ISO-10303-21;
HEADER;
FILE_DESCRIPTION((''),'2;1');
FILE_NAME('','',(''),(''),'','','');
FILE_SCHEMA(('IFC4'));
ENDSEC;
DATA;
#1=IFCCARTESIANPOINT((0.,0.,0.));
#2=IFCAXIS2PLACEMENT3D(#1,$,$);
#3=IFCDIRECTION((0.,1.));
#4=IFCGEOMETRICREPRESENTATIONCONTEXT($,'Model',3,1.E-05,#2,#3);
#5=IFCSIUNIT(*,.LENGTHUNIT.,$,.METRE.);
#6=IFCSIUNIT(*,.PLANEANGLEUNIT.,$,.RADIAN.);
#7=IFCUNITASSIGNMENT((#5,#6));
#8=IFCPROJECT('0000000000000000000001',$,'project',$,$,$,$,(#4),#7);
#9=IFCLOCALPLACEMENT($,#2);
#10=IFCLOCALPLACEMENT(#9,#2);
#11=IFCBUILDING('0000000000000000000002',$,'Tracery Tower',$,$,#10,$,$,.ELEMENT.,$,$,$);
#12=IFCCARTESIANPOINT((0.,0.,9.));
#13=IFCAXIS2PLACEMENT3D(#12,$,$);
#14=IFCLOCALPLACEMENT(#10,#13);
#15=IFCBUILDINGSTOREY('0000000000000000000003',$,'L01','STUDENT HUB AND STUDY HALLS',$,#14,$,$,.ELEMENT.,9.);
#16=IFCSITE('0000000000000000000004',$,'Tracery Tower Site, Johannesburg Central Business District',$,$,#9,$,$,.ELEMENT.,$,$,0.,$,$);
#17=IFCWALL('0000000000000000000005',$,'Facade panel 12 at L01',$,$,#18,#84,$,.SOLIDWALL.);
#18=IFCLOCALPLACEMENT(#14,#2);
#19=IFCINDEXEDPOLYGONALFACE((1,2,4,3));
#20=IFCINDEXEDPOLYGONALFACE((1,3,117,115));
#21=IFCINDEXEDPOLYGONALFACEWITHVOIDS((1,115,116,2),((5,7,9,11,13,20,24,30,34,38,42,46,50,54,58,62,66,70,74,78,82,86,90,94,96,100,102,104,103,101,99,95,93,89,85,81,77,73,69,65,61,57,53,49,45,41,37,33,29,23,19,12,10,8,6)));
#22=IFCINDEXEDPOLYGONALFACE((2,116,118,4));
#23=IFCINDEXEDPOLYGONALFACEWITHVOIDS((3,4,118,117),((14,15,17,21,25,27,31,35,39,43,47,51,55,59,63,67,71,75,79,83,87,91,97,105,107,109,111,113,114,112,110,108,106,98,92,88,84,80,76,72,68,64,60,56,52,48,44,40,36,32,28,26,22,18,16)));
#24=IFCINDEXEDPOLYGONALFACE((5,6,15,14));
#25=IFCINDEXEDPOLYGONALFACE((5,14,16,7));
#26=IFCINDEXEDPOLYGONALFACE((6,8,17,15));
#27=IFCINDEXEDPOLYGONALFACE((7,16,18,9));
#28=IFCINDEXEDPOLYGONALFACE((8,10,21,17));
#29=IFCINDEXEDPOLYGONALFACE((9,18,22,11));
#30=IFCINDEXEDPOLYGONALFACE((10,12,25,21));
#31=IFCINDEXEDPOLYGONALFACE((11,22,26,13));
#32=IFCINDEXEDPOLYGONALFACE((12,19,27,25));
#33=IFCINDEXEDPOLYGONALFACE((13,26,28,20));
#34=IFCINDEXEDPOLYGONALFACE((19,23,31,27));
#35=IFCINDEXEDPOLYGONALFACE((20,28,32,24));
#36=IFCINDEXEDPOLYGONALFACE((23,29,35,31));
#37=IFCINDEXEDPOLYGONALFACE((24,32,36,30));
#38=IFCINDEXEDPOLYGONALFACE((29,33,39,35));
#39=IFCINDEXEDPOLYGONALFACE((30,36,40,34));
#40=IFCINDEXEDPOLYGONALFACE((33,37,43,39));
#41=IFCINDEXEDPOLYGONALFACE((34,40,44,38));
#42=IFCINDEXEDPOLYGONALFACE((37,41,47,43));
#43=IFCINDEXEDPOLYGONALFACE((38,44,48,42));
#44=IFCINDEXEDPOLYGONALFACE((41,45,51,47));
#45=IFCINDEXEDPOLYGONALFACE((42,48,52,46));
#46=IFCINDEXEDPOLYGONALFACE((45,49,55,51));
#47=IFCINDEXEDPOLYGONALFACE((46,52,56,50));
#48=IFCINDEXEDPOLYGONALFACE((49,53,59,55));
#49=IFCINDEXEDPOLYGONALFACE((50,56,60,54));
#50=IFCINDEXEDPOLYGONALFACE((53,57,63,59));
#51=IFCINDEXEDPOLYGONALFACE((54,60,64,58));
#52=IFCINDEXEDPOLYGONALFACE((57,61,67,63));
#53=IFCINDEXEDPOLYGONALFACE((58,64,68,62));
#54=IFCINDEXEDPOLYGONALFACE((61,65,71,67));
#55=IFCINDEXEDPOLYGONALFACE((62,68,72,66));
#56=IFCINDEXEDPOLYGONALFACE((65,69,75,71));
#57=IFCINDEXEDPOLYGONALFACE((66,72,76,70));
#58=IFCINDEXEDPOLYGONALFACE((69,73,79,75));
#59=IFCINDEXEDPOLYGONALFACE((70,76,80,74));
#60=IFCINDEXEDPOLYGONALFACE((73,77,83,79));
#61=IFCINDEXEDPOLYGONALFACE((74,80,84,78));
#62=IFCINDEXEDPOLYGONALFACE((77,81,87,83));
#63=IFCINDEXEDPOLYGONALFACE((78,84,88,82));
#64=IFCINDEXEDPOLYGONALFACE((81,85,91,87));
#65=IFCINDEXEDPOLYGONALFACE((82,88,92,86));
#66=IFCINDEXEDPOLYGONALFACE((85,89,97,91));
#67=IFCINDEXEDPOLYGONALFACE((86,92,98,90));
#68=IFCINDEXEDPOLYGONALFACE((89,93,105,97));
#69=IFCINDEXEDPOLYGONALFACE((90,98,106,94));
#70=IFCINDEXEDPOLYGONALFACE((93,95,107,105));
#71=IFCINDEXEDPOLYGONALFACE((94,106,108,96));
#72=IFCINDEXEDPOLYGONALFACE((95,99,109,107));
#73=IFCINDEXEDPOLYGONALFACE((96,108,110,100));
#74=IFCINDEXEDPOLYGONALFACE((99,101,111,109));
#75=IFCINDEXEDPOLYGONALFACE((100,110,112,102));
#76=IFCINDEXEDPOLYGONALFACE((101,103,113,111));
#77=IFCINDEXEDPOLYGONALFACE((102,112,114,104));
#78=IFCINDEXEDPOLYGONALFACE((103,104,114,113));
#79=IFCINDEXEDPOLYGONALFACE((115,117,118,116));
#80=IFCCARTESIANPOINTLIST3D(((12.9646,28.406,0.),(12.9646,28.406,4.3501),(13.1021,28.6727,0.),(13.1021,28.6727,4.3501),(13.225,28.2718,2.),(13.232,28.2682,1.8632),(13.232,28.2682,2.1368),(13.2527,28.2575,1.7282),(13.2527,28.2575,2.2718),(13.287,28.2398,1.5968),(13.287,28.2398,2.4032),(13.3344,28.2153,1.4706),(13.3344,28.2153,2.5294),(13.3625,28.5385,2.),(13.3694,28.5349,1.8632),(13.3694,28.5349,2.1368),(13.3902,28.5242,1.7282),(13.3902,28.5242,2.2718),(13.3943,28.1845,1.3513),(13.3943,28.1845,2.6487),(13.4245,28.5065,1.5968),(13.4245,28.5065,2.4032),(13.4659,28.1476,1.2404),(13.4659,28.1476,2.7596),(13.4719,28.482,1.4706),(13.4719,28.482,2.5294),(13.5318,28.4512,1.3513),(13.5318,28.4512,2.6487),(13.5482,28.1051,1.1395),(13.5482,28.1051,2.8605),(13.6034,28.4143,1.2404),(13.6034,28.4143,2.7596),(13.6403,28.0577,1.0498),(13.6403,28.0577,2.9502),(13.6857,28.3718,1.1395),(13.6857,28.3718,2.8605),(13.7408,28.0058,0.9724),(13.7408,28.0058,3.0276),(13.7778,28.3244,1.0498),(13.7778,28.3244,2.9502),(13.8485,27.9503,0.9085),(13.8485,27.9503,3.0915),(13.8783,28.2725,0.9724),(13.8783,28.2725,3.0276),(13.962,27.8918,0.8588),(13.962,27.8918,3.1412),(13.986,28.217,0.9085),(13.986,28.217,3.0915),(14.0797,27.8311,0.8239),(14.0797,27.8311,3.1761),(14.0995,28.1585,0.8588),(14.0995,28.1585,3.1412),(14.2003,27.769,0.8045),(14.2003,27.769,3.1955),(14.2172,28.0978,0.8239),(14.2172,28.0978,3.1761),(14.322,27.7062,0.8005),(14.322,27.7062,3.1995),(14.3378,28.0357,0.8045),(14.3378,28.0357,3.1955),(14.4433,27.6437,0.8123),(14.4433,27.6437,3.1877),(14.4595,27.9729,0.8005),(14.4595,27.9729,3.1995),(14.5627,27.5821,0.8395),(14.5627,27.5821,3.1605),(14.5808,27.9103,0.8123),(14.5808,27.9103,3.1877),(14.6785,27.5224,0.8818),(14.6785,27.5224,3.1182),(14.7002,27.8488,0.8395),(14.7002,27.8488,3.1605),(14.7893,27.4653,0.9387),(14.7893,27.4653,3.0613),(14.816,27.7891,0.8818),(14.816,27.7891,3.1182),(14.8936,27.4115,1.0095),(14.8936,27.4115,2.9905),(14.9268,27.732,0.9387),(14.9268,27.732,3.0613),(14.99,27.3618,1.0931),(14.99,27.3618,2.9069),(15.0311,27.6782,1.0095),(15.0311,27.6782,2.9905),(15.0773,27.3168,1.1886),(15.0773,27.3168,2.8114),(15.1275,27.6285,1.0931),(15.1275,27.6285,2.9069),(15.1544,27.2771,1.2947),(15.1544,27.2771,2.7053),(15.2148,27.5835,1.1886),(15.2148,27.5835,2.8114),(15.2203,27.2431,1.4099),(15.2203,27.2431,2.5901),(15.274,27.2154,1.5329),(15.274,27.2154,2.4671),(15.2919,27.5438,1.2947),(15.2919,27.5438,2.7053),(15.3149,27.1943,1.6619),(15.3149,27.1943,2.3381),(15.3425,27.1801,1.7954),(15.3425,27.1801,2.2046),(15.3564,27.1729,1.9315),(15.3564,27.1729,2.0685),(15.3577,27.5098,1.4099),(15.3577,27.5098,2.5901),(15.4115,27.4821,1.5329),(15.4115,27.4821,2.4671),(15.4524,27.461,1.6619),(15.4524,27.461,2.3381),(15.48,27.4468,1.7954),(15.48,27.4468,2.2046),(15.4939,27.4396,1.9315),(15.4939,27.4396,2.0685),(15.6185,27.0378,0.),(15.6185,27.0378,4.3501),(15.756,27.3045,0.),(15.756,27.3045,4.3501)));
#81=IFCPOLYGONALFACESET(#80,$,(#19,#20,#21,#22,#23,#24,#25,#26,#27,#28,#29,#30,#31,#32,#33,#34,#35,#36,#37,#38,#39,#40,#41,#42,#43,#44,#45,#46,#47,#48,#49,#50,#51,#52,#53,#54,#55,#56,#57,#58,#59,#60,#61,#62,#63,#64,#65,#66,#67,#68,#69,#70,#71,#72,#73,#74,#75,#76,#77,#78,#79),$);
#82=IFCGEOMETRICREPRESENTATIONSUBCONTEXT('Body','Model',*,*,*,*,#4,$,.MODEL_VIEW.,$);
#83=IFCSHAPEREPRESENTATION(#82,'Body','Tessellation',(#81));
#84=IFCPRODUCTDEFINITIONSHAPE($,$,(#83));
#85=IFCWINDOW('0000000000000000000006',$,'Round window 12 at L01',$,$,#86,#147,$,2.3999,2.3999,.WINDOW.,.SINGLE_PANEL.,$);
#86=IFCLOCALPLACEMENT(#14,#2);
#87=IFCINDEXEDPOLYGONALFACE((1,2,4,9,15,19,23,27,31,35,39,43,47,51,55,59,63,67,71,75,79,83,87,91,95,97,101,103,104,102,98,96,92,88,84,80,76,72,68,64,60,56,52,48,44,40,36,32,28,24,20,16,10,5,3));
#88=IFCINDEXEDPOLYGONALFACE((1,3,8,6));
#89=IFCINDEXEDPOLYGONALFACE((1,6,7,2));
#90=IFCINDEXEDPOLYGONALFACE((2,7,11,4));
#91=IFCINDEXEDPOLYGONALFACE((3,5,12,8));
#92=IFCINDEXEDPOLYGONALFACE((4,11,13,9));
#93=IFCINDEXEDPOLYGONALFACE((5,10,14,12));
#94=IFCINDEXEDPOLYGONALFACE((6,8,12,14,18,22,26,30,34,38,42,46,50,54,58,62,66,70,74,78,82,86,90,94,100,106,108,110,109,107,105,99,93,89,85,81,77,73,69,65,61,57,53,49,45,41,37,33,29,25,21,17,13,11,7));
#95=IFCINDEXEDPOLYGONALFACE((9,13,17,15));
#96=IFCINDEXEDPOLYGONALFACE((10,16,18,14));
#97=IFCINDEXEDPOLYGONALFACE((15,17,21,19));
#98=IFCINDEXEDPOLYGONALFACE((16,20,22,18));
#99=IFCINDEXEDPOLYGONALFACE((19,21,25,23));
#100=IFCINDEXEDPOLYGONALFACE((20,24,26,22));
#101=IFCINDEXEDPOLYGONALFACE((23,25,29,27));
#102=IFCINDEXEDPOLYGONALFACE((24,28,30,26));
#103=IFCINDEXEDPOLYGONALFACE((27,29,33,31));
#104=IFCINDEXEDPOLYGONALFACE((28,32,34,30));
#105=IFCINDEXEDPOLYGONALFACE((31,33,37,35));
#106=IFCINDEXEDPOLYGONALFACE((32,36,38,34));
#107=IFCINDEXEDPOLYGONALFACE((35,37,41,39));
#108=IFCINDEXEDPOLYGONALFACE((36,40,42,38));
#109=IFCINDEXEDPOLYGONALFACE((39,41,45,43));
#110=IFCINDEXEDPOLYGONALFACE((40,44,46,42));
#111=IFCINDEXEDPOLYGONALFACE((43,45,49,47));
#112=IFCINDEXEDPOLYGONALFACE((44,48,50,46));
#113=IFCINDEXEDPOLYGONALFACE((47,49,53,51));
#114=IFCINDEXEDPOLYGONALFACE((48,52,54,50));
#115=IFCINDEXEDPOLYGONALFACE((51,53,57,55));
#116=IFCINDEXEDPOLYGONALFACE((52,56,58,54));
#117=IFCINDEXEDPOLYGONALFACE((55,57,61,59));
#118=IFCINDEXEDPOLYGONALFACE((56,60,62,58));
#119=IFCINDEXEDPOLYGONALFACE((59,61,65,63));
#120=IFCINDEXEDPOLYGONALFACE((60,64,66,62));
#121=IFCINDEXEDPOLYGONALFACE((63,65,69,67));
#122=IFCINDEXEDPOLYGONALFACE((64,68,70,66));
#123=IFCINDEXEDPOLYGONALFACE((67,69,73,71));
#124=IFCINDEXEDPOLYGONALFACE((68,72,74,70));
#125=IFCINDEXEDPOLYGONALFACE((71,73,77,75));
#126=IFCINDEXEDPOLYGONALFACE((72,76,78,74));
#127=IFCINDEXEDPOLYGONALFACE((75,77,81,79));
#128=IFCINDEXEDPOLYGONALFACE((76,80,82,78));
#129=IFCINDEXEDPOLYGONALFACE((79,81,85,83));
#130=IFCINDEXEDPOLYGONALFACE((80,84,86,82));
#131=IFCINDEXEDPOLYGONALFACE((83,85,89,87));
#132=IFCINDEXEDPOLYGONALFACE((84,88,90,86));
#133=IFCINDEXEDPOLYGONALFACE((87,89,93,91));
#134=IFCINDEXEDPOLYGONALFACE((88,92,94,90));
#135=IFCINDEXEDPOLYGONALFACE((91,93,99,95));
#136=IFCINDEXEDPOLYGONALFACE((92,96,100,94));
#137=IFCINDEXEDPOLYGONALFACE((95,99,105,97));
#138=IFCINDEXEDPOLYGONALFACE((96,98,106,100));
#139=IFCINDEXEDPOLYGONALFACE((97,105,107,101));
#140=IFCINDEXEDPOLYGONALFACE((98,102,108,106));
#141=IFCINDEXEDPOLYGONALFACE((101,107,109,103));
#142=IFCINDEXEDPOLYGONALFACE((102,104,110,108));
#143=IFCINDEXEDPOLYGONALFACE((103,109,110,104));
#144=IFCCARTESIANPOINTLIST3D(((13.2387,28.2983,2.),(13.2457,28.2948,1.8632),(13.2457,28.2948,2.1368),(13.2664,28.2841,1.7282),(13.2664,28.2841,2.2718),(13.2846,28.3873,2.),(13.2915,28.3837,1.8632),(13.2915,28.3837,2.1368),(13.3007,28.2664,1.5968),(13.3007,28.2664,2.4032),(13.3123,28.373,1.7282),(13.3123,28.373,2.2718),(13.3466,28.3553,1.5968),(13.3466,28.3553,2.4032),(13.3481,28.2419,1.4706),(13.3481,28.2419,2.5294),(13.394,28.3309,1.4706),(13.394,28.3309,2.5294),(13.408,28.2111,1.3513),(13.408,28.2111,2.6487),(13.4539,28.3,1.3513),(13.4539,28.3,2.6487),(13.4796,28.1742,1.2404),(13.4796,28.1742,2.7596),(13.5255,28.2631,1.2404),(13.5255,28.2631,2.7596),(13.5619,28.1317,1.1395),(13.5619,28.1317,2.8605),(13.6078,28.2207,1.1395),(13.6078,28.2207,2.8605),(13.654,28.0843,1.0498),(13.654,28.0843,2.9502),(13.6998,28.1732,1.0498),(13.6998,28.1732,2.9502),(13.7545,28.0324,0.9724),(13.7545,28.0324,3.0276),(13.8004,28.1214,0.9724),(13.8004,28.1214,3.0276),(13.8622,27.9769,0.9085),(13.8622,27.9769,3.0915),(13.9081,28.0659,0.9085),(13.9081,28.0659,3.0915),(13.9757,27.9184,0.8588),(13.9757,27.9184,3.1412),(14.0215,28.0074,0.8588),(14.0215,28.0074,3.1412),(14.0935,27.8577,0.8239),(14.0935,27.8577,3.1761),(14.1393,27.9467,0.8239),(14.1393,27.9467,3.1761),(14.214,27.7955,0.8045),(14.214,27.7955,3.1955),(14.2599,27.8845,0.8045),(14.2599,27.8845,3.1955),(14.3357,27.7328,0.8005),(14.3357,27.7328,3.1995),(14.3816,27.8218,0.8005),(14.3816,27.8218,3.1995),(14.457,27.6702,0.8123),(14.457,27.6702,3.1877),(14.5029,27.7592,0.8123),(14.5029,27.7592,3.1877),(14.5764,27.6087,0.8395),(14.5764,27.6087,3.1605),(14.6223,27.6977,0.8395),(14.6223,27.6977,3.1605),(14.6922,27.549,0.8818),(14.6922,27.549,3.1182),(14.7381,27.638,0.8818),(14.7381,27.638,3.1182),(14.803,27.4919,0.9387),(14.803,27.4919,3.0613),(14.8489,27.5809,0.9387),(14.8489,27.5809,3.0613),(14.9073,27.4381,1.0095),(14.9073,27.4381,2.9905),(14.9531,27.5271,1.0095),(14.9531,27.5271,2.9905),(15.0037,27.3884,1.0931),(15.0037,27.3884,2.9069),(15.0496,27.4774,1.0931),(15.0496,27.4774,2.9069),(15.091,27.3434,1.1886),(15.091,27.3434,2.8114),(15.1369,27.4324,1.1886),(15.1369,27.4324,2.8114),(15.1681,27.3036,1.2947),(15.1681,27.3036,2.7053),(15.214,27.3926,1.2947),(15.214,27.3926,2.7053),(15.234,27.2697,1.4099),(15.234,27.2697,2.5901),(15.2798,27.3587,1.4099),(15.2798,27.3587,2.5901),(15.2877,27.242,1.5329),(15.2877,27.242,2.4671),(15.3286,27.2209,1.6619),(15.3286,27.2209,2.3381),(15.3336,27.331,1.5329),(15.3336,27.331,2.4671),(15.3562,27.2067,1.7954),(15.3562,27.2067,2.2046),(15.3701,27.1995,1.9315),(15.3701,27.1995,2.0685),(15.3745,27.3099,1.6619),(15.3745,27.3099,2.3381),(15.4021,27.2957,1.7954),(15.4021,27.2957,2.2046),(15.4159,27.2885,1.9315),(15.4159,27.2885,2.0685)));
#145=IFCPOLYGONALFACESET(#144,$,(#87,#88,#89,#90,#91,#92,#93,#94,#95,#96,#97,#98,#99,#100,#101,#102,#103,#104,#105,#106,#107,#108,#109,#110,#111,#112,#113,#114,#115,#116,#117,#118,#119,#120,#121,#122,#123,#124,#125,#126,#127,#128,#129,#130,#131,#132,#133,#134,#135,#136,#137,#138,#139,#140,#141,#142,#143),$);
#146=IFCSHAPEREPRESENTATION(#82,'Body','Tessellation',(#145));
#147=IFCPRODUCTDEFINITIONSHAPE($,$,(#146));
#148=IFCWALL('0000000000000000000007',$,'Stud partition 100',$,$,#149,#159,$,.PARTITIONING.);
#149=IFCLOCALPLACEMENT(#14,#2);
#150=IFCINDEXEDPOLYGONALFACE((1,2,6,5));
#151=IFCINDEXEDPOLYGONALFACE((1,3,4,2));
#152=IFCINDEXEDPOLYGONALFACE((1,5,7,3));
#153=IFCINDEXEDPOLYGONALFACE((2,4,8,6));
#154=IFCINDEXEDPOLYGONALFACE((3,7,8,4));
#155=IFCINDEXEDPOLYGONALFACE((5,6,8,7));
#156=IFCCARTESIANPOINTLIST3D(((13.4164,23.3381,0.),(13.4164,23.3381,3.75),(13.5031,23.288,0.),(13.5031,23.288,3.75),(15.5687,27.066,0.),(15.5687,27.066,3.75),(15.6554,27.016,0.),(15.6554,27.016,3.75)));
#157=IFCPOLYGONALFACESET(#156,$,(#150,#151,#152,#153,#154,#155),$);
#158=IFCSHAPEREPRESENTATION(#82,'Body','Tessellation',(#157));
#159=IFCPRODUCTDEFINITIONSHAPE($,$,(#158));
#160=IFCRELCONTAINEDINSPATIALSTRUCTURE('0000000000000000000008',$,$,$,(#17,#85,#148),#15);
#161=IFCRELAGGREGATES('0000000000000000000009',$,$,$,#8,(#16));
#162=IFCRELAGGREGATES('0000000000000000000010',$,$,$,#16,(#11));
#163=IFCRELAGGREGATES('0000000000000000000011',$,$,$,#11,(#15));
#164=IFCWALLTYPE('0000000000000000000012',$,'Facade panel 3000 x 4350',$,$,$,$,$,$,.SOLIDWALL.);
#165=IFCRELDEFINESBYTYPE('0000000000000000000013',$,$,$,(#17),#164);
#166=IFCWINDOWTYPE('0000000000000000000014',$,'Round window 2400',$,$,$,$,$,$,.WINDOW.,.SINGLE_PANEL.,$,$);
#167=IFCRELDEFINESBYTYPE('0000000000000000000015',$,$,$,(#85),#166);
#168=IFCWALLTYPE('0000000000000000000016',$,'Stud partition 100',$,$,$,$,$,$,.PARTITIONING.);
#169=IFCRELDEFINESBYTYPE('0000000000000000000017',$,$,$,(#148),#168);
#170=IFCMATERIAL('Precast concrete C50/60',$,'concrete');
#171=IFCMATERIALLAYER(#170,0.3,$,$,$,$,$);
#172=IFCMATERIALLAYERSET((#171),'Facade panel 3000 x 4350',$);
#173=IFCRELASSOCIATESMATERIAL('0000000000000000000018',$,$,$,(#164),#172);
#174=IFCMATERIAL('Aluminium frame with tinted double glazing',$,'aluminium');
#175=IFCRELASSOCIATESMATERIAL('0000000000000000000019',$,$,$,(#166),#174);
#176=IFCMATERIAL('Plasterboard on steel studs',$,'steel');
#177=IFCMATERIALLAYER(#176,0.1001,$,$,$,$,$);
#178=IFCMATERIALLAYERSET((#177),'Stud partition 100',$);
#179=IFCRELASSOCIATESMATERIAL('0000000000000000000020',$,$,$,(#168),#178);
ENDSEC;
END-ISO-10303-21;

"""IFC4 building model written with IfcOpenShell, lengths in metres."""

from ifc_helpers import new_model, si_unit, direction, frame, frame_2d, origin, origin_2d, place, context, subcontext, project, spatial, rectangle, circle, extrude, material, layer, layer_set, type_object, element, fill, save


model = new_model("IFC4")

# Units and contexts
model_context = context("Model", 3, precision=1e-05, world=origin(), true_north=direction((0.0, 1.0)))
body_context = subcontext(model_context, "Body", "Model", "MODEL_VIEW")
ifc_project = project(units=[si_unit("LENGTHUNIT", "METRE"), si_unit("PLANEANGLEUNIT", "RADIAN")], contexts=[model_context])

# Site, building, storey
site_placement = place(None, origin())
site = spatial("IfcSite", under=ifc_project, at=site_placement, Name="Tracery Tower Site, Johannesburg Central Business District", CompositionType="ELEMENT", RefElevation=0.0)
building_placement = place(site_placement, origin())
building = spatial("IfcBuilding", under=site, at=building_placement, Name="Tracery Tower", CompositionType="ELEMENT")
storey_placement = place(building_placement, frame((0.0, 0.0, 9.0)))
storey = spatial("IfcBuildingStorey", under=building, at=storey_placement, Name="L01", Description="STUDENT HUB AND STUDY HALLS", CompositionType="ELEMENT", Elevation=9.0)

# Wall, opening, window
ifc_material_1 = material(Name="Precast concrete C50/60", Category="concrete")
ifc_layer_1 = layer(ifc_material_1, 0.3)
ifc_layer_set_1 = layer_set([ifc_layer_1], Name="Facade panel 3000 x 4350")
wall_type_1 = type_object("IfcWallType", Name="Facade panel 3000 x 4350", PredefinedType="SOLIDWALL", material=ifc_layer_set_1)
ifc_material_2 = material(Name="Aluminium frame with tinted double glazing", Category="aluminium")
window_type = type_object("IfcWindowType", Name="Round window 2400", PartitioningType="SINGLE_PANEL", PredefinedType="WINDOW", material=ifc_material_2)
wall_1_placement = place(storey_placement, frame((15.6873, 27.1711, 0.0), z_axis=(0.0, 0.0, 1.0), x_axis=(-0.888831, 0.458235, 0.0)))
wall_1 = element("IfcWall", 1, at=wall_1_placement, inside=storey, type_object=wall_type_1, Name="Facade panel 12 at L01", PredefinedType="SOLIDWALL", context=body_context, shape_type="SweptSolid", body=[
    extrude(rectangle(XDim=2.9858, YDim=0.3, at=frame_2d((1.4929, 0.0))), origin(), (0.0, 0.0, 1.0), 4.3501),
])
opening_1_placement = place(wall_1_placement, frame((1.4929, 0.0, 2.0)))
opening_1 = element("IfcOpeningElement", 2, at=opening_1_placement, cuts=wall_1, PredefinedType="OPENING", context=body_context, shape_type="SweptSolid", body=[
    extrude(circle(Radius=1.2, at=origin_2d()), frame((0.0, 0.1599, 0.0), z_axis=(0.0, -1.0, 0.0), x_axis=(1.0, 0.0, 0.0)), (0.0, 0.0, 1.0), 0.3201),
])
window_1_placement = place(opening_1_placement, origin())
window_1 = element("IfcWindow", 3, at=window_1_placement, inside=storey, type_object=window_type, Name="Round window 12 at L01", OverallHeight=2.3999, OverallWidth=2.3999, PartitioningType="SINGLE_PANEL", PredefinedType="WINDOW", context=body_context, shape_type="SweptSolid", body=[
    extrude(circle(Radius=1.2, at=origin_2d()), frame((0.0, 0.1201, 0.0), z_axis=(0.0, -1.0, 0.0), x_axis=(1.0, 0.0, 0.0)), (0.0, 0.0, 1.0), 0.1001),
])
fill(opening_1, window_1)

# Wall
ifc_material_3 = material(Name="Plasterboard on steel studs", Category="steel")
ifc_layer_2 = layer(ifc_material_3, 0.1001)
ifc_layer_set_2 = layer_set([ifc_layer_2], Name="Stud partition 100")
wall_type_2 = type_object("IfcWallType", Name="Stud partition 100", PredefinedType="PARTITIONING", material=ifc_layer_set_2)
wall_2_placement = place(storey_placement, frame((15.6121, 27.041, 0.0), z_axis=(0.0, 0.0, 1.0), x_axis=(-0.499994, -0.866029, 0.0)))
element("IfcWall", 4, at=wall_2_placement, inside=storey, type_object=wall_type_2, Name="Stud partition 100", PredefinedType="PARTITIONING", context=body_context, shape_type="SweptSolid", body=[
    extrude(rectangle(XDim=4.3047, YDim=0.1001, at=frame_2d((2.1523, 0.0))), origin(), (0.0, 0.0, 1.0), 3.75),
])

save(model, "model.ifc")
